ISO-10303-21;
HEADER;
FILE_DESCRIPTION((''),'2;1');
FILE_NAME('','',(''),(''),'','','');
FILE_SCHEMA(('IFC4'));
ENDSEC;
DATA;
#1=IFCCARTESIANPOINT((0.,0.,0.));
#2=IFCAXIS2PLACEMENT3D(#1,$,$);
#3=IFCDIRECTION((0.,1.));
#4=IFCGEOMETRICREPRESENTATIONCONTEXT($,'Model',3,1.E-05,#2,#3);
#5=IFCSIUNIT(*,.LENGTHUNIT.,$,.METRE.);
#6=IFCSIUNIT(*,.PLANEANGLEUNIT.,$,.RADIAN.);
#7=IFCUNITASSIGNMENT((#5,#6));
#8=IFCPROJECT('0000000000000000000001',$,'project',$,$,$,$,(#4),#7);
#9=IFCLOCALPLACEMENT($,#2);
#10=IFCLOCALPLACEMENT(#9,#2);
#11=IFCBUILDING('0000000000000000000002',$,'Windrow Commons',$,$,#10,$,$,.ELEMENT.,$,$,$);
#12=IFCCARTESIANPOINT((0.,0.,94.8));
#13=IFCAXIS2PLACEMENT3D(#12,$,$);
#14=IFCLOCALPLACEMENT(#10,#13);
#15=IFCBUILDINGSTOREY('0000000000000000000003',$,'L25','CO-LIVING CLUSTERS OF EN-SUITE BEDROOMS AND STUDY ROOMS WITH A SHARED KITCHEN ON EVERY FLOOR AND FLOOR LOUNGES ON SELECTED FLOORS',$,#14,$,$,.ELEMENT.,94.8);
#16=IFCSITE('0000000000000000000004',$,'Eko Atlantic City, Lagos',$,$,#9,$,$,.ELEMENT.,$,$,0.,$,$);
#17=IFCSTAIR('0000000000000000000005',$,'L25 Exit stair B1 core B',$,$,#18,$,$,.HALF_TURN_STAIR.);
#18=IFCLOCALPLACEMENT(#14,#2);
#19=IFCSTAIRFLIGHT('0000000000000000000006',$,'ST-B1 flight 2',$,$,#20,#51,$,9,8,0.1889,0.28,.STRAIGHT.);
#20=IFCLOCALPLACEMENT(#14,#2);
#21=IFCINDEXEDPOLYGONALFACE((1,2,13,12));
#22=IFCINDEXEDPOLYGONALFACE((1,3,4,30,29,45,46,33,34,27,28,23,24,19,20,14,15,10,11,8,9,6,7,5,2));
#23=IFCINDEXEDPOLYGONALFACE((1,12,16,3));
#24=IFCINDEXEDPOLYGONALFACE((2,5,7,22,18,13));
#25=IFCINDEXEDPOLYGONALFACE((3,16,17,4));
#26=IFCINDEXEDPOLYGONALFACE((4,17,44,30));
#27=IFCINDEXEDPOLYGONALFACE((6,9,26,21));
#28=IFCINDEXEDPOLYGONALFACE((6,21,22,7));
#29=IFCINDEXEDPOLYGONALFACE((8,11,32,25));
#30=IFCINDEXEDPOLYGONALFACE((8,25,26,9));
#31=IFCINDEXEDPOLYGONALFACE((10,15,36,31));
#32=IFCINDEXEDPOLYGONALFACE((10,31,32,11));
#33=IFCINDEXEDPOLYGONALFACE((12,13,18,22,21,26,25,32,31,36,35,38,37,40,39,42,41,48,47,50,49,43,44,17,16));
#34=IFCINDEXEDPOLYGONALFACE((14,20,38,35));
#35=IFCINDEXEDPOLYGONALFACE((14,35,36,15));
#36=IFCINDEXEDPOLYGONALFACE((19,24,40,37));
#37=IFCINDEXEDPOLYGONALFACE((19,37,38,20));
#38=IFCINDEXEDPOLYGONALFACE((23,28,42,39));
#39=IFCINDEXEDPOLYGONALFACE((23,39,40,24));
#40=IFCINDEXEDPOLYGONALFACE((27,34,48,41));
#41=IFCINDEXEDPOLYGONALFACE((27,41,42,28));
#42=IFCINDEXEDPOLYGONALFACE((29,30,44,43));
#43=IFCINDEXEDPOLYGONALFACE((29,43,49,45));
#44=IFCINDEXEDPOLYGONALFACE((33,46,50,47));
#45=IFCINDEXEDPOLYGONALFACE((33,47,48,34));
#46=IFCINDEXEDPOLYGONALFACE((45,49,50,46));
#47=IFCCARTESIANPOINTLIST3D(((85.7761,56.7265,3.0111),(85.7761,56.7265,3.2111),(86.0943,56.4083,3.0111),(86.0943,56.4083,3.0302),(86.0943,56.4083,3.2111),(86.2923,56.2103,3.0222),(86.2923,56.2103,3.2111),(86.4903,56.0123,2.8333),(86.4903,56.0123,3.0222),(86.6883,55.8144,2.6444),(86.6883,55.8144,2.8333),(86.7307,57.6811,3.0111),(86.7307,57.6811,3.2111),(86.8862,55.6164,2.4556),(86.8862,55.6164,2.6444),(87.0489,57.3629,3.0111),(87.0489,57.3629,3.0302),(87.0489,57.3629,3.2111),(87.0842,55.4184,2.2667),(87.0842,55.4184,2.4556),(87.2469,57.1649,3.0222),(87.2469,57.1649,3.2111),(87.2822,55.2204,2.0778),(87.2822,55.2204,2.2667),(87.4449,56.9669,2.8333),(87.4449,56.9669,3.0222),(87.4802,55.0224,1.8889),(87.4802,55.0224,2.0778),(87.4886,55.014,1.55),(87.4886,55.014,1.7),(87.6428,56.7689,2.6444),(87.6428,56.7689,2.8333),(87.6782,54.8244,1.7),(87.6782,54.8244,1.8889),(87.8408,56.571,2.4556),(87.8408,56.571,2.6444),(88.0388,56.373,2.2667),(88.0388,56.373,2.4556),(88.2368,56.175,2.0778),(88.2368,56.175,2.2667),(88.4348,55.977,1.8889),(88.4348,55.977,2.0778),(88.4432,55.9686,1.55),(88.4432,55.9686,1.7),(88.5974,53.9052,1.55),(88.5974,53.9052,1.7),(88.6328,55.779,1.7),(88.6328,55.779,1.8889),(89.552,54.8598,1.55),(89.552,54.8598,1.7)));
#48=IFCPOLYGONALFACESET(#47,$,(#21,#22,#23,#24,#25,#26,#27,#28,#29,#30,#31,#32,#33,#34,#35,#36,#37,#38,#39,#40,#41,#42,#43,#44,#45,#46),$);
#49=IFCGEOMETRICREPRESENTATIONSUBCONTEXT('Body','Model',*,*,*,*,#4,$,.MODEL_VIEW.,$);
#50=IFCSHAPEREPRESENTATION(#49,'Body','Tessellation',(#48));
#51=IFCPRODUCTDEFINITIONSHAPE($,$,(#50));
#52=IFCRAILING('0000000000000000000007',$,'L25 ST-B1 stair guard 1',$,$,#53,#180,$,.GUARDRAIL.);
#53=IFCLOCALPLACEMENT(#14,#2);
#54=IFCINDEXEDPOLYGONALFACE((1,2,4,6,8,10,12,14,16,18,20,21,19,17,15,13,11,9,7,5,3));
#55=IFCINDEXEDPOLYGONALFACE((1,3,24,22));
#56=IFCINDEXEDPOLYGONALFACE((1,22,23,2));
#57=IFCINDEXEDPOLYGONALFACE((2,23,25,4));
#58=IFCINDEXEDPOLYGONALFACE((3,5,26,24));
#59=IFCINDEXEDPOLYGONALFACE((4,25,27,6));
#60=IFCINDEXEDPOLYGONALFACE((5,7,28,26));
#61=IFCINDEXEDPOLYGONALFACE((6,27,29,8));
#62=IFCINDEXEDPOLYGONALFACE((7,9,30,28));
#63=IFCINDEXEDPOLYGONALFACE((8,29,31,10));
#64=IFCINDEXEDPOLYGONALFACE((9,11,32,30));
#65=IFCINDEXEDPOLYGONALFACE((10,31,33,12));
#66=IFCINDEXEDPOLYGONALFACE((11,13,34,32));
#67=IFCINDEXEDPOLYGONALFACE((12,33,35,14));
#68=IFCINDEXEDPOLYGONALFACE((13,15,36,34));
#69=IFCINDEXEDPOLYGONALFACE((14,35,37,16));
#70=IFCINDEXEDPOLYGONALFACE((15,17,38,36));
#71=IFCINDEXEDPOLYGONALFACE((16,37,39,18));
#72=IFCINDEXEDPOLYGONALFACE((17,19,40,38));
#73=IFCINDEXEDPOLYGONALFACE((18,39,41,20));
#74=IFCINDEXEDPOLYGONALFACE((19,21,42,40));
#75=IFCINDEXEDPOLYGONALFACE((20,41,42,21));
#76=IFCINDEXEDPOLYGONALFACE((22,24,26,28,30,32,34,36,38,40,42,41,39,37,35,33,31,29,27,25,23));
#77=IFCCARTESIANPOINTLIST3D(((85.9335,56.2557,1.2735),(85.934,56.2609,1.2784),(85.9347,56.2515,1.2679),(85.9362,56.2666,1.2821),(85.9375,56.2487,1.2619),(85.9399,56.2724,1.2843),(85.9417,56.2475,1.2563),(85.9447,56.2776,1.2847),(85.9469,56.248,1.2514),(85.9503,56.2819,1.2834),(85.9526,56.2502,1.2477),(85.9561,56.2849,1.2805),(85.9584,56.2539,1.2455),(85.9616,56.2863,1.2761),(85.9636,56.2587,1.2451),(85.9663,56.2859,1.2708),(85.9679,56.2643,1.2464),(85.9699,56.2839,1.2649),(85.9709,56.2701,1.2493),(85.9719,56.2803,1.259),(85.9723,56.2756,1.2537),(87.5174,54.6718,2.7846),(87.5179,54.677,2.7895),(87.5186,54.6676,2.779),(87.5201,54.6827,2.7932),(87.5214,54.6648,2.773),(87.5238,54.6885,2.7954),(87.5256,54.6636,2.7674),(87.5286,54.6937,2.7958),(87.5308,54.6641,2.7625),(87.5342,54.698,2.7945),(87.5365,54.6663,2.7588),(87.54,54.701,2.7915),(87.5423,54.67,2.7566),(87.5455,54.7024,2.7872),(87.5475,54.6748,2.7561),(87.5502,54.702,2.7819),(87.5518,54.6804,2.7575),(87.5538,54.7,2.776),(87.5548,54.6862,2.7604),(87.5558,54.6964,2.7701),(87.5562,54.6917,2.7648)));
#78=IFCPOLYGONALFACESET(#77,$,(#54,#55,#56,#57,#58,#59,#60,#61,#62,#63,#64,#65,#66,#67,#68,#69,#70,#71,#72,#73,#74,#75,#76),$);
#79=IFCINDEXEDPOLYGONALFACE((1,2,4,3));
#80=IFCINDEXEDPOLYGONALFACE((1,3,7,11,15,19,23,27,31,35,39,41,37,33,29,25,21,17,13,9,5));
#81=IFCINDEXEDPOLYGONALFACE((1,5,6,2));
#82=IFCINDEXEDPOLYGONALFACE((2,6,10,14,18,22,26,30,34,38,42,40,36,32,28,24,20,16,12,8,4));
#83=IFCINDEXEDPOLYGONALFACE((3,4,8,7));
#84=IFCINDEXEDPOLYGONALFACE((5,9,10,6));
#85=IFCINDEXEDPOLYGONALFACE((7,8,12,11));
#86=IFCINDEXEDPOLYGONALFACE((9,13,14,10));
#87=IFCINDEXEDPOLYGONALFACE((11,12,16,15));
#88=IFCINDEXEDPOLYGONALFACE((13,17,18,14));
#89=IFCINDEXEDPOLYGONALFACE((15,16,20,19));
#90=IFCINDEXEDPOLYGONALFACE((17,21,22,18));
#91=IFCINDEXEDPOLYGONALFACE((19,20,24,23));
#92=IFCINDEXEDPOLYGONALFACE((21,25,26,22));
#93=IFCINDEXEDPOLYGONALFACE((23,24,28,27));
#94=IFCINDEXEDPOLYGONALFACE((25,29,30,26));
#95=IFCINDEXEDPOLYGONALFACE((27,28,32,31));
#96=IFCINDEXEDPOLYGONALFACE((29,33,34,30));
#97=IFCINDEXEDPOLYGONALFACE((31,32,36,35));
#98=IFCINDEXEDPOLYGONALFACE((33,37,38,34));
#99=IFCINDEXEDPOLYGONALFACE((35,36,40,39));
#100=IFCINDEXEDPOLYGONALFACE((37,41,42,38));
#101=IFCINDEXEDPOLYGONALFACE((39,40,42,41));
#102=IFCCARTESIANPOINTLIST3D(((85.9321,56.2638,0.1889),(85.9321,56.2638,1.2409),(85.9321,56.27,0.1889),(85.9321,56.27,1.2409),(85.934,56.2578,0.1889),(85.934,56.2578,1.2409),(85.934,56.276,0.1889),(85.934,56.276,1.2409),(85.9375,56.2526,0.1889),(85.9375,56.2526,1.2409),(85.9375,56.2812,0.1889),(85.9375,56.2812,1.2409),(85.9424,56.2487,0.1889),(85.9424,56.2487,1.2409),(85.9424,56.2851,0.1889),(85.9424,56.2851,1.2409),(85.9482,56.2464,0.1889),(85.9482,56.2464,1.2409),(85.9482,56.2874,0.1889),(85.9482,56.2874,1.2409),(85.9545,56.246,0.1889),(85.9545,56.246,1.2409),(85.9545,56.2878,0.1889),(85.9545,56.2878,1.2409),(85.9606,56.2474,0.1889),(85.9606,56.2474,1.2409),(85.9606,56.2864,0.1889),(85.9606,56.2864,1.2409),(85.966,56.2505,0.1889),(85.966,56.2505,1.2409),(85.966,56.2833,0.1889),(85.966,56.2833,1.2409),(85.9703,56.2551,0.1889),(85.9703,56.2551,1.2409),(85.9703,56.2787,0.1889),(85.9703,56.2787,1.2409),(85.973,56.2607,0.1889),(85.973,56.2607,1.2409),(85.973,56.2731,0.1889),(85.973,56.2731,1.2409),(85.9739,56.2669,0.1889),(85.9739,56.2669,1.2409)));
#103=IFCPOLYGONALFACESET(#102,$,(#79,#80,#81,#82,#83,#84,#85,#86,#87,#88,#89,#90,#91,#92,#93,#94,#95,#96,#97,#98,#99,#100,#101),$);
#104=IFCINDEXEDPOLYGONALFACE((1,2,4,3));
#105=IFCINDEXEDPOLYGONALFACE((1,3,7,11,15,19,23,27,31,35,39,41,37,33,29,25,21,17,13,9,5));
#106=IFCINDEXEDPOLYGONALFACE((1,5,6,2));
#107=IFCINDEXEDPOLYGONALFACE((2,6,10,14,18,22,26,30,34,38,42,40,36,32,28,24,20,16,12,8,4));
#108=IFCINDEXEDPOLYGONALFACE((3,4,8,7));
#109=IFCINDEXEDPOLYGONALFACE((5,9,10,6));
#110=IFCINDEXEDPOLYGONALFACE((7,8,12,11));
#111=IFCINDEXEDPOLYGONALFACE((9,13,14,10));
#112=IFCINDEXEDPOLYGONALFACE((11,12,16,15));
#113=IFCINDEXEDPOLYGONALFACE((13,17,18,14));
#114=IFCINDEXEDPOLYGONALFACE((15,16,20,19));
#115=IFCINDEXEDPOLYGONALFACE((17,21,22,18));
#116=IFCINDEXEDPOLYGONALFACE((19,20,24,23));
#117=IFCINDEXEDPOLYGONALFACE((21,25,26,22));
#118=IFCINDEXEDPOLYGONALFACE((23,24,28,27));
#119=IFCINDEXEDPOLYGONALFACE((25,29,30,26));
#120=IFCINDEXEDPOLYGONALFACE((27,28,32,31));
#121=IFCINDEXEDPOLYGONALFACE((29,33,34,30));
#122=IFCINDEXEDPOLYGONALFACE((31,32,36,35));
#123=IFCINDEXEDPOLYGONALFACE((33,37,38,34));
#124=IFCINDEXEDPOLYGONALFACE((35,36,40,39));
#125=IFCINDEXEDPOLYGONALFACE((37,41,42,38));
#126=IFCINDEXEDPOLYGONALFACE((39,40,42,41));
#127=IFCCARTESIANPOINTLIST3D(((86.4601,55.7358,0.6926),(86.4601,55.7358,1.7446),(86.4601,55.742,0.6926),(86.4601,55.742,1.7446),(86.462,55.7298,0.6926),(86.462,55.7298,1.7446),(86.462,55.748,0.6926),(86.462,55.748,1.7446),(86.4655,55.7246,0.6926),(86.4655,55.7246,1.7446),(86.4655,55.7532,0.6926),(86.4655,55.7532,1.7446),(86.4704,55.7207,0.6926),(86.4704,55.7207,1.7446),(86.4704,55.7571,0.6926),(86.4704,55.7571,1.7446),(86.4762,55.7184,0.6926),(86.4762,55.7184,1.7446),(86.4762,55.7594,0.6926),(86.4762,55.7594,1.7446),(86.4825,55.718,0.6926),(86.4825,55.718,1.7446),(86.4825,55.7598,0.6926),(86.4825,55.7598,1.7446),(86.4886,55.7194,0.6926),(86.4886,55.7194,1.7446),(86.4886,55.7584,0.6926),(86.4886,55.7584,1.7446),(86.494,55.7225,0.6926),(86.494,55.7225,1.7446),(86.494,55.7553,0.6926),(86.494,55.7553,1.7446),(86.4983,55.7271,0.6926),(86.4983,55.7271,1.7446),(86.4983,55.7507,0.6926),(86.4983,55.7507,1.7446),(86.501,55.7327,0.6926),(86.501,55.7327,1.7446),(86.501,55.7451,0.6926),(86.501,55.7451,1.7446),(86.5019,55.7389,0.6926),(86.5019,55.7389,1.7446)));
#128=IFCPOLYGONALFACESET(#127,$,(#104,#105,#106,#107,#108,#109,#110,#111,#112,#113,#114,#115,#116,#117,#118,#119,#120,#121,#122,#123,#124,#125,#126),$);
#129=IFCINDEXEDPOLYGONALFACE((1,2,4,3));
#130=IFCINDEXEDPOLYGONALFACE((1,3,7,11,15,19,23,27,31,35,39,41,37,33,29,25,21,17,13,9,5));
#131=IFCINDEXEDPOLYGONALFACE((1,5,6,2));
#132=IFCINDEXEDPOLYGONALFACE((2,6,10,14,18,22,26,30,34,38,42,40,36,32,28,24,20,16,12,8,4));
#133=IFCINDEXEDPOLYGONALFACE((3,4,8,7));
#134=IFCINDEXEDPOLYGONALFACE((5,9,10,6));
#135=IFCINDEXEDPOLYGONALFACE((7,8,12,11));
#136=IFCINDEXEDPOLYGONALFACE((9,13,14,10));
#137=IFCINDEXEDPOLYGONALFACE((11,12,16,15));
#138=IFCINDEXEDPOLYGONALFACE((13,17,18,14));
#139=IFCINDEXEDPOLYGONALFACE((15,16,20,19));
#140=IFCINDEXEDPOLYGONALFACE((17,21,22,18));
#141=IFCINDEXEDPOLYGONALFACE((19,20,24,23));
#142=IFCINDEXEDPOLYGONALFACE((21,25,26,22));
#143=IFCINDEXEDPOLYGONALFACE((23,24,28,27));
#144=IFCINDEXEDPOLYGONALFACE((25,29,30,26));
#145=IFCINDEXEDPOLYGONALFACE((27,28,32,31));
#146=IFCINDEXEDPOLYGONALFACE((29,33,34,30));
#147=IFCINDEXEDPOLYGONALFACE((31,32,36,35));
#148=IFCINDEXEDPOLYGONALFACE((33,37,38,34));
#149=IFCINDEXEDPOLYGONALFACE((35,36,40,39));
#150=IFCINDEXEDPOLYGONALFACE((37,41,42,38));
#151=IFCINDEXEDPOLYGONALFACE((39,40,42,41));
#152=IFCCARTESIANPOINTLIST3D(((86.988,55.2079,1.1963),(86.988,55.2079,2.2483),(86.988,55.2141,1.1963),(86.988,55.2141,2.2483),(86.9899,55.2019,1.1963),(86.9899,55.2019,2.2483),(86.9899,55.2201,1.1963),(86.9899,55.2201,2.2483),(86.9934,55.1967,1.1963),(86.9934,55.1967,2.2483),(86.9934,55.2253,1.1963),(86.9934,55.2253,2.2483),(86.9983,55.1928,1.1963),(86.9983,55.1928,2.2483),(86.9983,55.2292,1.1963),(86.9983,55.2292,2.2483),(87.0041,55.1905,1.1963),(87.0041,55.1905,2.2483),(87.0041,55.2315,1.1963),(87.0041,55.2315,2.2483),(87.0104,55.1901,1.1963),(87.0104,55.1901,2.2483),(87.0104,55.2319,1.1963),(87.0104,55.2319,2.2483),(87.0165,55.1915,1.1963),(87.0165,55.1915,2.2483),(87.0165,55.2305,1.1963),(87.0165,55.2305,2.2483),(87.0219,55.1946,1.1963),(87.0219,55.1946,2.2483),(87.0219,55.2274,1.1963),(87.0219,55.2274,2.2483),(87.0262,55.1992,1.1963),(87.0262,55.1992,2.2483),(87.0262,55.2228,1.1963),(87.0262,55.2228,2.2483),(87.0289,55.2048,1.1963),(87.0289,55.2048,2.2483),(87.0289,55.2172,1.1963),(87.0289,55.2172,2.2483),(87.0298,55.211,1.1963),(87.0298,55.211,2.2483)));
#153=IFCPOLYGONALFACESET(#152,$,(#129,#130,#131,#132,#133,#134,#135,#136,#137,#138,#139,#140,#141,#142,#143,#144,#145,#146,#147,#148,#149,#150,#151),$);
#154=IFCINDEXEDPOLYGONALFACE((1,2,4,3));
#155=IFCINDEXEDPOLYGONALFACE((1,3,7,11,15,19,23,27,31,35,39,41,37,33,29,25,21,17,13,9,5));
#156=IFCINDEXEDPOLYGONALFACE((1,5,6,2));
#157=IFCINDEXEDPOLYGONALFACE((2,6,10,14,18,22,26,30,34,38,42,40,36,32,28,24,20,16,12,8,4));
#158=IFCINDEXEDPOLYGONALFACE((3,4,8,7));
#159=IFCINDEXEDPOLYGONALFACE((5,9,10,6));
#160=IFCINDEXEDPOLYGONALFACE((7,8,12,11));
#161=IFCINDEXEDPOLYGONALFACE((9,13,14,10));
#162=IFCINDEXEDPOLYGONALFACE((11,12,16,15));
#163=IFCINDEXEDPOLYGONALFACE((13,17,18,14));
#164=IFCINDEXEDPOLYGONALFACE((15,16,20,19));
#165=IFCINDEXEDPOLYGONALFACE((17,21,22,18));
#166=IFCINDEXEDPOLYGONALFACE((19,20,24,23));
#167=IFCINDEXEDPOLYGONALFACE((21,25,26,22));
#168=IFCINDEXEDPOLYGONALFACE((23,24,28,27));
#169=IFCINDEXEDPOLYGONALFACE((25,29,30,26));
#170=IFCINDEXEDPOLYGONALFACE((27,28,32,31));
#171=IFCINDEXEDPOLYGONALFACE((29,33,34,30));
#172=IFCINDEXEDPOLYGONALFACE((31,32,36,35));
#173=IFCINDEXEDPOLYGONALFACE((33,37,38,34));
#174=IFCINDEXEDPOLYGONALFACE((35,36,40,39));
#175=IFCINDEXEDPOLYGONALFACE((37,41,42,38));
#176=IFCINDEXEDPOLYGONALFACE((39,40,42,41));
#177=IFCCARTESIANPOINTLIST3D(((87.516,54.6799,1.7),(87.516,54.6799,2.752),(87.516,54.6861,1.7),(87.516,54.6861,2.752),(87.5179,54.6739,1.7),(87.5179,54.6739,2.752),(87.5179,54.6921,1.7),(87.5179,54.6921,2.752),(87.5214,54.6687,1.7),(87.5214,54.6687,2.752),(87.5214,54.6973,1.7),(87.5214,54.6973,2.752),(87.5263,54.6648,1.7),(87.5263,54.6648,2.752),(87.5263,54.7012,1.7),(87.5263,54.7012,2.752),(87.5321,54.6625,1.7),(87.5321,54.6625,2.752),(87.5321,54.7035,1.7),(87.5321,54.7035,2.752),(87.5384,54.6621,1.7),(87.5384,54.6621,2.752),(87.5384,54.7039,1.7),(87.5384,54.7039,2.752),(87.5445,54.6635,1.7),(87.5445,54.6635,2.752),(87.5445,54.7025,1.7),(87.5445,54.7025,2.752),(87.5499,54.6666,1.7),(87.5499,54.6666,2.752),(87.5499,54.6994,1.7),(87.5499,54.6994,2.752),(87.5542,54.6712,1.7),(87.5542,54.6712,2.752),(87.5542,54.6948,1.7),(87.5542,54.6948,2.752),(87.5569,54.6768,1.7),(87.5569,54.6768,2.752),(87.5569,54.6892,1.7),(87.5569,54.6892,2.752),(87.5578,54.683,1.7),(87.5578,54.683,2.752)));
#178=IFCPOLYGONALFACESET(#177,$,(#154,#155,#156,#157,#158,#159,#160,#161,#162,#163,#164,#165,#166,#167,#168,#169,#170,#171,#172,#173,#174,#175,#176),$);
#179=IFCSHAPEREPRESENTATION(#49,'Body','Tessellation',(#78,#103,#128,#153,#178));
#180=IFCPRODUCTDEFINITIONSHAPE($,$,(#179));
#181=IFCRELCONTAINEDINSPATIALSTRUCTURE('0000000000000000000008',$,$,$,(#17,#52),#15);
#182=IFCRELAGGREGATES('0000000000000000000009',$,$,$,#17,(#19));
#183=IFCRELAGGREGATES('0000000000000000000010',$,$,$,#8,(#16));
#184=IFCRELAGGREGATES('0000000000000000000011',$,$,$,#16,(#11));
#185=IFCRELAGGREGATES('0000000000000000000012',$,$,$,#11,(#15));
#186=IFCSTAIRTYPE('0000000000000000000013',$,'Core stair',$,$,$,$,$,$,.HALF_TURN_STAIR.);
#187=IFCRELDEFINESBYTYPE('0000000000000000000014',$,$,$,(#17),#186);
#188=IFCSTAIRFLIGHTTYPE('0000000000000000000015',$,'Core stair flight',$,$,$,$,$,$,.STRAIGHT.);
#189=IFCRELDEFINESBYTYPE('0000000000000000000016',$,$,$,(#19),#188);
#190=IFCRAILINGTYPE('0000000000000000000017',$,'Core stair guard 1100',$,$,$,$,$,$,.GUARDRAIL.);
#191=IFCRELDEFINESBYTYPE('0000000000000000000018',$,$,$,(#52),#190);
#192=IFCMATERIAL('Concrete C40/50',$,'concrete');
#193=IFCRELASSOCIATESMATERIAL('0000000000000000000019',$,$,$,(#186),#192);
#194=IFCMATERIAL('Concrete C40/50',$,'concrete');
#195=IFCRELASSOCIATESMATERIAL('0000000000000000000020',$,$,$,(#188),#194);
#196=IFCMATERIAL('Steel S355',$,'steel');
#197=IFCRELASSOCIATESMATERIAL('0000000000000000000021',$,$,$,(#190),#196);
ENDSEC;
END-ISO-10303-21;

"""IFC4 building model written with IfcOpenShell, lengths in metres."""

from ifc_helpers import new_model, si_unit, direction, frame, origin, origin_2d, place, context, subcontext, project, spatial, polyline, circle, outline, extrude, material, type_object, element, aggregate, save


model = new_model("IFC4")

# Units and contexts
model_context = context("Model", 3, precision=1e-05, world=origin(), true_north=direction((0.0, 1.0)))
body_context = subcontext(model_context, "Body", "Model", "MODEL_VIEW")
ifc_project = project(units=[si_unit("LENGTHUNIT", "METRE"), si_unit("PLANEANGLEUNIT", "RADIAN")], contexts=[model_context])

# Site, building, storey
site_placement = place(None, origin())
site = spatial("IfcSite", under=ifc_project, at=site_placement, Name="Eko Atlantic City, Lagos", CompositionType="ELEMENT", RefElevation=0.0)
building_placement = place(site_placement, origin())
building = spatial("IfcBuilding", under=site, at=building_placement, Name="Windrow Commons", CompositionType="ELEMENT")
storey_placement = place(building_placement, frame((0.0, 0.0, 94.8)))
storey = spatial("IfcBuildingStorey", under=building, at=storey_placement, Name="L25", Description="CO-LIVING CLUSTERS OF EN-SUITE BEDROOMS AND STUDY ROOMS WITH A SHARED KITCHEN ON EVERY FLOOR AND FLOOR LOUNGES ON SELECTED FLOORS", CompositionType="ELEMENT", Elevation=94.8)

# Stair, stair flight
ifc_material_1 = material(Name="Concrete C40/50", Category="concrete")
stair_type = type_object("IfcStairType", Name="Core stair", PredefinedType="HALF_TURN_STAIR", material=ifc_material_1)
stair_placement = place(storey_placement, origin())
stair = element("IfcStair", 1, at=stair_placement, inside=storey, type_object=stair_type, Name="L25 Exit stair B1 core B", PredefinedType="HALF_TURN_STAIR")
ifc_material_2 = material(Name="Concrete C40/50", Category="concrete")
stair_flight_type = type_object("IfcStairFlightType", Name="Core stair flight", PredefinedType="STRAIGHT", material=ifc_material_2)
stair_flight_1_placement = place(storey_placement, frame((88.1555, 55.3017, 1.7), z_axis=(0.0, 0.0, 1.0), x_axis=(-0.707107, 0.707107, 0.0)))
stair_flight_1 = element("IfcStairFlight", 2, at=stair_flight_1_placement, type_object=stair_flight_type, Name="ST-B1 flight 2", NumberOfRisers=9, NumberOfTreads=8, PredefinedType="STRAIGHT", RiserHeight=0.1889, TreadLength=0.28, context=body_context, shape_type="SweptSolid", body=[
    extrude(outline(polyline([(-1.3, -0.15), (-1.3, 0.0), (0.0, 0.0), (0.0, 0.1889), (0.28, 0.1889), (0.28, 0.3778), (0.56, 0.3778), (0.56, 0.5667), (0.84, 0.5667), (0.84, 0.7556), (1.12, 0.7556), (1.12, 0.9444), (1.4, 0.9444), (1.4, 1.1333), (1.68, 1.1333), (1.68, 1.3222), (1.96, 1.3222), (1.96, 1.5111), (2.24, 1.5111), (2.69, 1.5111), (2.69, 1.3111), (2.24, 1.3111), (2.24, 1.3302), (0.2682, 0.0), (0.2682, -0.15), (-1.3, -0.15)])), frame((0.0, 0.675, 0.0), z_axis=(0.0, -1.0, 0.0), x_axis=(1.0, 0.0, 0.0)), (0.0, 0.0, 1.0), 1.35),
])
aggregate(stair, [stair_flight_1])

# Railing
ifc_material_3 = material(Name="Steel S355", Category="steel")
railing_type_1 = type_object("IfcRailingType", Name="Core stair guard 1100", PredefinedType="GUARDRAIL", material=ifc_material_3)
railing_1_placement = place(storey_placement, frame((85.9529, 56.2669, 0.1889)))
element("IfcRailing", 3, at=railing_1_placement, inside=storey, type_object=railing_type_1, Name="L25 ST-B1 stair guard 1", PredefinedType="GUARDRAIL", context=body_context, shape_type="SweptSolid", body=[
    extrude(circle(Radius=0.024, at=origin_2d()), frame((0.0, 0.0, 1.076), z_axis=(0.586191, -0.586191, 0.559249), x_axis=(0.707107, 0.707107, 0.0)), (0.0, 0.0, 1.0), 2.702),
    extrude(circle(Radius=0.021, at=origin_2d()), origin(), (0.0, 0.0, 1.0), 1.052),
    extrude(circle(Radius=0.021, at=origin_2d()), frame((0.528, -0.528, 0.5037)), (0.0, 0.0, 1.0), 1.052),
    extrude(circle(Radius=0.021, at=origin_2d()), frame((1.0559, -1.0559, 1.0074)), (0.0, 0.0, 1.0), 1.052),
    extrude(circle(Radius=0.021, at=origin_2d()), frame((1.5839, -1.5839, 1.5111)), (0.0, 0.0, 1.0), 1.052),
])

save(model, "model.ifc")
